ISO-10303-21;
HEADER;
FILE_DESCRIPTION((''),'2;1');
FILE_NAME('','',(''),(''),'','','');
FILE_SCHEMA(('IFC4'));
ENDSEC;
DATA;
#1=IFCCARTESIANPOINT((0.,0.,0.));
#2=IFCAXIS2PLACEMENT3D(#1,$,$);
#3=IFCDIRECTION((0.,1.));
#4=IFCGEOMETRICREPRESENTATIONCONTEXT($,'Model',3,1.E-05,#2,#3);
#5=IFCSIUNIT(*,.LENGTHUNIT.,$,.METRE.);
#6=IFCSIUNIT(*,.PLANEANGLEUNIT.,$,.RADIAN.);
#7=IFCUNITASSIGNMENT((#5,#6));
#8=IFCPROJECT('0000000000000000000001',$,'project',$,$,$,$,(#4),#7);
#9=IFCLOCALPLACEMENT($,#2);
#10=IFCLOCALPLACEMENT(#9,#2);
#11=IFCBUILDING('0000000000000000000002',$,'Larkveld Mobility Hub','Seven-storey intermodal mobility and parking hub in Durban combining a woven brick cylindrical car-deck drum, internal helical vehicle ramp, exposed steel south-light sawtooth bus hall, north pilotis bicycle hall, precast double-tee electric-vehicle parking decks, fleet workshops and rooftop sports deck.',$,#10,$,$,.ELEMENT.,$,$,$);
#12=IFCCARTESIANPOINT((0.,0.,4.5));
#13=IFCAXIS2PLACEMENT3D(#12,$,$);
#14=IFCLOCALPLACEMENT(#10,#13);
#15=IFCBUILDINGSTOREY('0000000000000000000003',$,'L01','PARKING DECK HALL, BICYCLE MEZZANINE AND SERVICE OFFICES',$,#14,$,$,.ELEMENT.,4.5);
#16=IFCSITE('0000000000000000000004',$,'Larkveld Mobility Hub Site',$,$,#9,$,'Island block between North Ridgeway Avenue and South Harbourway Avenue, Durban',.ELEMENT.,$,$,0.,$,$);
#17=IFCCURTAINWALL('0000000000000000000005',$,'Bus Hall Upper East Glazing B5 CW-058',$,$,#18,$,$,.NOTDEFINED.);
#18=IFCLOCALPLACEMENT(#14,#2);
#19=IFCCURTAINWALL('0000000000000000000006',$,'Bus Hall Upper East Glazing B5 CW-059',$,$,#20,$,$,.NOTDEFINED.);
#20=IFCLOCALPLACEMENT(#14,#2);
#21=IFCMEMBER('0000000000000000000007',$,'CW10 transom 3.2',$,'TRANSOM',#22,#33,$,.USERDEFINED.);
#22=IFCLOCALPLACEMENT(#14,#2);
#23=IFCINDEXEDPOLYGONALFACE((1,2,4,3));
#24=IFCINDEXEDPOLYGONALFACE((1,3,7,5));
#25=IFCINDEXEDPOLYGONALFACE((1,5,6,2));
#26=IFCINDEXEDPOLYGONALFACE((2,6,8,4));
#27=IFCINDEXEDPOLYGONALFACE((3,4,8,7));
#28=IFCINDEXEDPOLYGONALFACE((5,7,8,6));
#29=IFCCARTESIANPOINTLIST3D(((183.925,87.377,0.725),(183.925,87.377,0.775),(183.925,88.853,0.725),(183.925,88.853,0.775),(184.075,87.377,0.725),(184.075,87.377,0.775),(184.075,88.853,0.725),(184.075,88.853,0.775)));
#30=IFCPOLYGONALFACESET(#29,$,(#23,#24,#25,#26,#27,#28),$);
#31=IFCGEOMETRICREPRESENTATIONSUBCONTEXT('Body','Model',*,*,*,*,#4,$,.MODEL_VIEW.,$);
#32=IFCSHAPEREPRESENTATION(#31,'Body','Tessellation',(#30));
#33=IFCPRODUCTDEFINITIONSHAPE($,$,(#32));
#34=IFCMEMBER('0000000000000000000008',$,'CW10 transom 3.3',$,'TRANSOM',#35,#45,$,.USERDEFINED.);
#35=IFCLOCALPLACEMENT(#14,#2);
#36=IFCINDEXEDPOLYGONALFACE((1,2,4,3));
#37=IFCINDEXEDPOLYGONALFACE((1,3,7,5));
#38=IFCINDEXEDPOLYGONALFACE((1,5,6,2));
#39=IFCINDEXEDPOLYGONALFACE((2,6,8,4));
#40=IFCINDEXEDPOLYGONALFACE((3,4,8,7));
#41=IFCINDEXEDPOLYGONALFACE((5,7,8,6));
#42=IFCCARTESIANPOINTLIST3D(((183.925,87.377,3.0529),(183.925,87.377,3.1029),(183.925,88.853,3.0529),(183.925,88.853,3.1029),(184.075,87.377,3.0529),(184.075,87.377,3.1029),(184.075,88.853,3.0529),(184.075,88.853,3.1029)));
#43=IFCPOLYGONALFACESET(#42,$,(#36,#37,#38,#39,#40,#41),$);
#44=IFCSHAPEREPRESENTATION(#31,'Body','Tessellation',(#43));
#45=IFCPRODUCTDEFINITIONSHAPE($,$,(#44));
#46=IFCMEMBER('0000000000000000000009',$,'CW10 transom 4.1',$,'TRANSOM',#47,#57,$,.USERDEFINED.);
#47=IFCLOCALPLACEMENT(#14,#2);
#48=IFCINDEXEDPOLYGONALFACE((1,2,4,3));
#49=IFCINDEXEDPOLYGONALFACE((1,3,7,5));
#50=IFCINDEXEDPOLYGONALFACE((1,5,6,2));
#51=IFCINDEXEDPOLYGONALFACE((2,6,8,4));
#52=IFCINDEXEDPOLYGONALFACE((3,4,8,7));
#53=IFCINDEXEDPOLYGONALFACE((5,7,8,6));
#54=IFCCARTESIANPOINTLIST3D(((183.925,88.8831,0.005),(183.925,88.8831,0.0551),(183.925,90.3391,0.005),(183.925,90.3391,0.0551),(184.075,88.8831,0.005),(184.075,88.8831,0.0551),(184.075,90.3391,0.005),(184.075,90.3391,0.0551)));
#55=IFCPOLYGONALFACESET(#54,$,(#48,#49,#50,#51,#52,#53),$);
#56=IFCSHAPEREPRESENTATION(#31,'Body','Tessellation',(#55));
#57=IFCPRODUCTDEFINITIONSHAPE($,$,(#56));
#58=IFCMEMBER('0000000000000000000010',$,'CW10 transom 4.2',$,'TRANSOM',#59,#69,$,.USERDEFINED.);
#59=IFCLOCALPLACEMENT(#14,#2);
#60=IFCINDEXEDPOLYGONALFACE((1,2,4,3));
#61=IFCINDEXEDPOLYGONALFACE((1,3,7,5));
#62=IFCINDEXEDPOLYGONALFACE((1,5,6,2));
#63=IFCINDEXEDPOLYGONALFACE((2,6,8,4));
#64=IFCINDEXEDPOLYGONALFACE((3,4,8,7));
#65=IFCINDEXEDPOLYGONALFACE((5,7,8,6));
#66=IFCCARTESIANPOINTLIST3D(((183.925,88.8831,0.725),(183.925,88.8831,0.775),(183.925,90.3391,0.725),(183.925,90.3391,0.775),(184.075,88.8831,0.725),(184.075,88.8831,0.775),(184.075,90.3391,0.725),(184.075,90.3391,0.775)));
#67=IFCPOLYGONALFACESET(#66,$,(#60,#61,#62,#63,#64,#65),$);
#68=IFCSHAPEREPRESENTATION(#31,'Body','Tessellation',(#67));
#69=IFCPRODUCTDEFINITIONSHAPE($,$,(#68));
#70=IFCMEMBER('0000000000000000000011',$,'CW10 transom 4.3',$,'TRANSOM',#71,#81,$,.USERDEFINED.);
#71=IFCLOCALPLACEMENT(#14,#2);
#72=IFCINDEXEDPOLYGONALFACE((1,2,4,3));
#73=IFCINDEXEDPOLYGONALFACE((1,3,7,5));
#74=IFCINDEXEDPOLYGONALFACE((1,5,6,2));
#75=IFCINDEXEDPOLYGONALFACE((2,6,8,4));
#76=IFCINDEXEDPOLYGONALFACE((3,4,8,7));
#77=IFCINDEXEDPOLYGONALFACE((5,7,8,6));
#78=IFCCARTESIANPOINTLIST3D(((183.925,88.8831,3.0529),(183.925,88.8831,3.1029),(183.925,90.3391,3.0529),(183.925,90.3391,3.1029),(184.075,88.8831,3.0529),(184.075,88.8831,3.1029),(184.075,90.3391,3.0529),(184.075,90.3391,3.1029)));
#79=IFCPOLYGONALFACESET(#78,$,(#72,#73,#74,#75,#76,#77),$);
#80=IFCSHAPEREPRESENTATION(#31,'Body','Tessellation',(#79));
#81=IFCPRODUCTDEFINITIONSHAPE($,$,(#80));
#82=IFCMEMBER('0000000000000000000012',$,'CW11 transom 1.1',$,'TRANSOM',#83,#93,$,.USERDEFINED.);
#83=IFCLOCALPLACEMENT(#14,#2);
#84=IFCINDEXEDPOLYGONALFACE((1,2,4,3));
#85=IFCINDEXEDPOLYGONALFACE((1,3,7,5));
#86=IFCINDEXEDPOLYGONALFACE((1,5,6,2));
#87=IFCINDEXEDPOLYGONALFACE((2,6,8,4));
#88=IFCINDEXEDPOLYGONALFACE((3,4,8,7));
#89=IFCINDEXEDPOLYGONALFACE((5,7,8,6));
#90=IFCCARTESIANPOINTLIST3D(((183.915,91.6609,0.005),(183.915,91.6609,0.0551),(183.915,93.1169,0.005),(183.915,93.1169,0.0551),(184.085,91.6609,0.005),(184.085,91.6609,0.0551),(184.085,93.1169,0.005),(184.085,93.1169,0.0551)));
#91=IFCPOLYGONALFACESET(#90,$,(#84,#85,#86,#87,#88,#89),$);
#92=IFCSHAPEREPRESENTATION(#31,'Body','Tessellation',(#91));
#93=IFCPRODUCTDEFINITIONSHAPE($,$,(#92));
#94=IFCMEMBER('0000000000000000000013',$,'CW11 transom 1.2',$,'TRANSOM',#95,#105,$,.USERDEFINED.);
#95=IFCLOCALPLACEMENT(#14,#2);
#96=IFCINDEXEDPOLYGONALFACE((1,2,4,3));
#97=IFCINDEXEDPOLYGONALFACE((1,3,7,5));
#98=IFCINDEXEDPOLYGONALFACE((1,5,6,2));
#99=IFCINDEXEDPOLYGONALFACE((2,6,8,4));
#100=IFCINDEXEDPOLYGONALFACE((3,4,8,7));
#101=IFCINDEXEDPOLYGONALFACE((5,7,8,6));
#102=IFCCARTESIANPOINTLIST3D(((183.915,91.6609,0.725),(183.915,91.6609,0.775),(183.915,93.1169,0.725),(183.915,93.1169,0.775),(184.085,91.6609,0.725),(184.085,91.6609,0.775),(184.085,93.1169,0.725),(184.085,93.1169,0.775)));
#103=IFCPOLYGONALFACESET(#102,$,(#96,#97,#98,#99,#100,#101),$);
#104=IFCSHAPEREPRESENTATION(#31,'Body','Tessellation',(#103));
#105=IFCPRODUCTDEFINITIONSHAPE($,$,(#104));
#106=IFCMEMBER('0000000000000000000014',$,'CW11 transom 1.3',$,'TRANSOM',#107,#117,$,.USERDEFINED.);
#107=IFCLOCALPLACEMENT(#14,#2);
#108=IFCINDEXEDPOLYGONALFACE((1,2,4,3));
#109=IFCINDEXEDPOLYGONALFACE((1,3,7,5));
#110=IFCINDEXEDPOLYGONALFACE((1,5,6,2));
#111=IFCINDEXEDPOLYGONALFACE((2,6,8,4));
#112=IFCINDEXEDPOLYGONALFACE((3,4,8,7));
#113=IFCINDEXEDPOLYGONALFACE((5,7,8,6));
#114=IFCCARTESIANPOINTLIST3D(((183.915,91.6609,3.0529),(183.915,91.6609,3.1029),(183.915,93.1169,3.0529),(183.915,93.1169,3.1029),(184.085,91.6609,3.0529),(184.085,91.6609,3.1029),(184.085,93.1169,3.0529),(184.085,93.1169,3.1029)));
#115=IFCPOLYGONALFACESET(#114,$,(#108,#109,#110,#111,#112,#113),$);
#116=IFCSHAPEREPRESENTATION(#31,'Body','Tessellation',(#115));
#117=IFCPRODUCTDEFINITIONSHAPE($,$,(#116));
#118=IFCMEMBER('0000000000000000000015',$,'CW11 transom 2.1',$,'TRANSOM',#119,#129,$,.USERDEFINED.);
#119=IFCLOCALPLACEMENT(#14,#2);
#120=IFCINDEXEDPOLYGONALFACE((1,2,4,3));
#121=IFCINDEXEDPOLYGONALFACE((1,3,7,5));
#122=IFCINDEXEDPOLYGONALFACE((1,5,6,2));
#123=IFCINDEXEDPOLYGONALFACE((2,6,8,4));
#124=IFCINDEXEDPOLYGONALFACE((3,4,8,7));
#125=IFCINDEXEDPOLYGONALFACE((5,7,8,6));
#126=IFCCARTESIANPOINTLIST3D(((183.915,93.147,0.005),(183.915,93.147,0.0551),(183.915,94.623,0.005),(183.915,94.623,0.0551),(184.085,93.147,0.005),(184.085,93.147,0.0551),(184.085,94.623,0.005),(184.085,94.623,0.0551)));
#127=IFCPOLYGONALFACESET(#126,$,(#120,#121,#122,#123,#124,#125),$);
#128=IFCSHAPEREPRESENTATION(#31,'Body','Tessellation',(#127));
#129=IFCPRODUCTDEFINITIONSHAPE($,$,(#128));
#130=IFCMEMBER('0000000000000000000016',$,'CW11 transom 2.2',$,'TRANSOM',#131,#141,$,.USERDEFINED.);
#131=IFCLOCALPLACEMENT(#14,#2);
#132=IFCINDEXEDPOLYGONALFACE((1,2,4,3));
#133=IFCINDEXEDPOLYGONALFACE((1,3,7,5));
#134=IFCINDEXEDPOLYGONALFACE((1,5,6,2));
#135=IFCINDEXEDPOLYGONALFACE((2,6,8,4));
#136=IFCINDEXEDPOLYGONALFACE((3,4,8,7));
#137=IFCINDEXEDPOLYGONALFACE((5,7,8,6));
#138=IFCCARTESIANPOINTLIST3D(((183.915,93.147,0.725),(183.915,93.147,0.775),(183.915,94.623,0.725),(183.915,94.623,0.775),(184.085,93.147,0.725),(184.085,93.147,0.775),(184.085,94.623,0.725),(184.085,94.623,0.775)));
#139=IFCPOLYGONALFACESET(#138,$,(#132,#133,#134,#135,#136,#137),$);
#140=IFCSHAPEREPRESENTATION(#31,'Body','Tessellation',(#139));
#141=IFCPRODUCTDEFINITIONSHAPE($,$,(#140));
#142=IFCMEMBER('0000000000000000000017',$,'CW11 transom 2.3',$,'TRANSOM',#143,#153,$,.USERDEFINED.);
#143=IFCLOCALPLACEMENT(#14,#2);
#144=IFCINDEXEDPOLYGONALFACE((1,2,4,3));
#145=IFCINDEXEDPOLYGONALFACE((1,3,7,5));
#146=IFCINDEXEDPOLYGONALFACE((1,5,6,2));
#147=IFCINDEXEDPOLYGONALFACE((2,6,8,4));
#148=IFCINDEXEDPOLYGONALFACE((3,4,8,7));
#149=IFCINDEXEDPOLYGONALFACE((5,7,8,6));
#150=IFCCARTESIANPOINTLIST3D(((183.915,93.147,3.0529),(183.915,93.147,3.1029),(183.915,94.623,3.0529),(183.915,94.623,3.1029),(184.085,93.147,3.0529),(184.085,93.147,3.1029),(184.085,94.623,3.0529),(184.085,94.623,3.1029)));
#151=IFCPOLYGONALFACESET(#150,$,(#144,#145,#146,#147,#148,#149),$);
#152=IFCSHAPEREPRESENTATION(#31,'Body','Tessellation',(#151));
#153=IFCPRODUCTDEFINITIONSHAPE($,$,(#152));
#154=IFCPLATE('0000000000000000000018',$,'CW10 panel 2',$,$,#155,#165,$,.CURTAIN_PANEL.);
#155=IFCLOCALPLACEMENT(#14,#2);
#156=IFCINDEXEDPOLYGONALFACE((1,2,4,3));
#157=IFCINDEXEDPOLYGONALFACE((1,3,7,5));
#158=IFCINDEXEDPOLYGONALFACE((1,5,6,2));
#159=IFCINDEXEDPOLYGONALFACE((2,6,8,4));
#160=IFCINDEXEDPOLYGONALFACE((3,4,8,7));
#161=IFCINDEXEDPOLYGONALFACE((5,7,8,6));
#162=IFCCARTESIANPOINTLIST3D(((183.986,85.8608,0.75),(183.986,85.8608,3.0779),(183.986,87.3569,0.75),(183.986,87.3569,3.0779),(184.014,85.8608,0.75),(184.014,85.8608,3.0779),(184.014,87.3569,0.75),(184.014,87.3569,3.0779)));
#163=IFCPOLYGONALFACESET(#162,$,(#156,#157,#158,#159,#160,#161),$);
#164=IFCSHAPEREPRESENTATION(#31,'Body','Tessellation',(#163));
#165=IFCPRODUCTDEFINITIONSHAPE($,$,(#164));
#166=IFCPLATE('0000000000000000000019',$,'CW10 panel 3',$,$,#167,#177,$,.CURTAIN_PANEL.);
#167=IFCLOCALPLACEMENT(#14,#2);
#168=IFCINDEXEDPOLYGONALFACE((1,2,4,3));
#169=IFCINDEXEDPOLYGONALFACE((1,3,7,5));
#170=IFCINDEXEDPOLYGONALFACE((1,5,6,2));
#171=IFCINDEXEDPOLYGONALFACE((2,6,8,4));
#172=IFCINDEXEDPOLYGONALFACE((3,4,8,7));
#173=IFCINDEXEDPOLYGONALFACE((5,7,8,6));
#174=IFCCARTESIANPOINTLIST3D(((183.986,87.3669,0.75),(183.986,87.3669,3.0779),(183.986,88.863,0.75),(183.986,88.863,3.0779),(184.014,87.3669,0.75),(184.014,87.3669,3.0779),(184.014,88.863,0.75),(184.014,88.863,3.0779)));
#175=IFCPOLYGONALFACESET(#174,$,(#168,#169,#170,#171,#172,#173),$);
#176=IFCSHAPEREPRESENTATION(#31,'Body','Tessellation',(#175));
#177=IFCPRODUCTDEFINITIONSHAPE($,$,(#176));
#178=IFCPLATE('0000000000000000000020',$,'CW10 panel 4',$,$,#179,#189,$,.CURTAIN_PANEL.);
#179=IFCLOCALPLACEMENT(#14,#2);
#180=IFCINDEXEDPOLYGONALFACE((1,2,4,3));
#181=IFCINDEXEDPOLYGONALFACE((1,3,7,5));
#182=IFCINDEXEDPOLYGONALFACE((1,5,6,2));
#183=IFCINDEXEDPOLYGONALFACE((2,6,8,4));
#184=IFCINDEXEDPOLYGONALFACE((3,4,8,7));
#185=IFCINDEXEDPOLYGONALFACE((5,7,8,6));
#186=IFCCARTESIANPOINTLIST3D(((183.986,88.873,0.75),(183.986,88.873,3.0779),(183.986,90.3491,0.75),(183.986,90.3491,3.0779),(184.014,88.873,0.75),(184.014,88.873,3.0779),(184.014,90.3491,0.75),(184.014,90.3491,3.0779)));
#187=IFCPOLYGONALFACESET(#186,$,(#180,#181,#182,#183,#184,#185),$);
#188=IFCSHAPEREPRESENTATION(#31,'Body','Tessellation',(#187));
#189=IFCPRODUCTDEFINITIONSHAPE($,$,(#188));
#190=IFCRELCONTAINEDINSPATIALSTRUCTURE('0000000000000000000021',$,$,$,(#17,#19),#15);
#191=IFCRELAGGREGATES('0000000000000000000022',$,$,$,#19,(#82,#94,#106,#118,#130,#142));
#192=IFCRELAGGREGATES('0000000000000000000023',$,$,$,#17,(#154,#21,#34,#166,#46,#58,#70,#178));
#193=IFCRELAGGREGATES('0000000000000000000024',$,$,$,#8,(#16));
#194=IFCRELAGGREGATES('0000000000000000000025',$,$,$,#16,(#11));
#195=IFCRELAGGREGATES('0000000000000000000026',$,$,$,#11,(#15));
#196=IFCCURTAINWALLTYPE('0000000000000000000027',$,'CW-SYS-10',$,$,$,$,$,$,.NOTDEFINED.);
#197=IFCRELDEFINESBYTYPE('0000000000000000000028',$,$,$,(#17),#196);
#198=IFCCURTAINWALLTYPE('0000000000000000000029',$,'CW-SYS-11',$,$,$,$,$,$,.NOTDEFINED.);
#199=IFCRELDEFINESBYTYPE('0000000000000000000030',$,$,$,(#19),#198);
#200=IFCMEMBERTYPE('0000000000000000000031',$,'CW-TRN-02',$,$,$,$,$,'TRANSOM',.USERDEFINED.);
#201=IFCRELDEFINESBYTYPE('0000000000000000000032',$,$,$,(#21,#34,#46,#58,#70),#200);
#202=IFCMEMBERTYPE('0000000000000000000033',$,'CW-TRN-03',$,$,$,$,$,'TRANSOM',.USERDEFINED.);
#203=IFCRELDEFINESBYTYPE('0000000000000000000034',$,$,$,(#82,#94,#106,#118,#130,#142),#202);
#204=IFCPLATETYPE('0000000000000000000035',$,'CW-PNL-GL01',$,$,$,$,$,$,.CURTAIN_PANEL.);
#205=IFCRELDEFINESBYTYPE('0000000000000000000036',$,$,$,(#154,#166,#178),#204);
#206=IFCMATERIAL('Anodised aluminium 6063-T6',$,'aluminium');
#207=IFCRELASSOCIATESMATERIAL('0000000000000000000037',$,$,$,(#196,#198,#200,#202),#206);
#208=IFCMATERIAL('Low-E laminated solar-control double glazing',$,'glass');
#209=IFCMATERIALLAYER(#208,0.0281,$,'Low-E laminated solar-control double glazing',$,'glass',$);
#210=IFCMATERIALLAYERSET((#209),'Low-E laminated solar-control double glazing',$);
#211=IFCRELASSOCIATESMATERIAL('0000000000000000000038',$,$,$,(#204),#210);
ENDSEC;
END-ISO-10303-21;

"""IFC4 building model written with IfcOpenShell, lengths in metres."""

from ifc_helpers import new_model, si_unit, direction, frame, origin, origin_2d, place, context, subcontext, project, spatial, rectangle, extrude, material, layer, layer_set, material_profile, profile_set, type_object, element, aggregate, save


model = new_model("IFC4")

# Units and contexts
model_context = context("Model", 3, precision=1e-05, world=origin(), true_north=direction((0.0, 1.0)))
body_context = subcontext(model_context, "Body", "Model", "MODEL_VIEW")
ifc_project = project(units=[si_unit("LENGTHUNIT", "METRE"), si_unit("PLANEANGLEUNIT", "RADIAN")], contexts=[model_context])

# Site, building, storey
site_placement = place(None, origin())
site = spatial("IfcSite", under=ifc_project, at=site_placement, Name="Larkveld Mobility Hub Site", LongName="Island block between North Ridgeway Avenue and South Harbourway Avenue, Durban", CompositionType="ELEMENT", RefElevation=0.0)
building_placement = place(site_placement, origin())
building = spatial("IfcBuilding", under=site, at=building_placement, Name="Larkveld Mobility Hub", Description="Seven-storey intermodal mobility and parking hub in Durban combining a woven brick cylindrical car-deck drum, internal helical vehicle ramp, exposed steel south-light sawtooth bus hall, north pilotis bicycle hall, precast double-tee electric-vehicle parking decks, fleet workshops and rooftop sports deck.", CompositionType="ELEMENT")
storey_placement = place(building_placement, frame((0.0, 0.0, 4.5)))
storey = spatial("IfcBuildingStorey", under=building, at=storey_placement, Name="L01", Description="PARKING DECK HALL, BICYCLE MEZZANINE AND SERVICE OFFICES", CompositionType="ELEMENT", Elevation=4.5)

# Curtain walls
ifc_material_1 = material(Name="Anodised aluminium 6063-T6", Category="aluminium")
curtain_wall_type_1 = type_object("IfcCurtainWallType", Name="CW-SYS-10", PredefinedType="NOTDEFINED", material=ifc_material_1)
curtain_wall_1_placement = place(storey_placement, origin())
curtain_wall_1 = element("IfcCurtainWall", 1, at=curtain_wall_1_placement, inside=storey, type_object=curtain_wall_type_1, Name="Bus Hall Upper East Glazing B5 CW-058", PredefinedType="NOTDEFINED")
curtain_wall_type_2 = type_object("IfcCurtainWallType", Name="CW-SYS-11", PredefinedType="NOTDEFINED", material=ifc_material_1)
curtain_wall_2_placement = place(storey_placement, origin())
curtain_wall_2 = element("IfcCurtainWall", 2, at=curtain_wall_2_placement, inside=storey, type_object=curtain_wall_type_2, Name="Bus Hall Upper East Glazing B5 CW-059", PredefinedType="NOTDEFINED")

# Members
ifc_material_profile_1 = material_profile(ifc_material_1, rectangle(XDim=0.1499, YDim=0.05, at=origin_2d()), Name="ALU TRAN 50x150")
ifc_profile_set_1 = profile_set([ifc_material_profile_1], Name="Anodised aluminium 6063-T6")
member_type_1 = type_object("IfcMemberType", Name="CW-TRN-02", ElementType="TRANSOM", PredefinedType="USERDEFINED", material=ifc_profile_set_1)
member_1_placement = place(storey_placement, frame((184.0, 87.377, 0.75), z_axis=(0.0, 1.0, 0.0), x_axis=(-1.0, 0.0, 0.0)))
member_1 = element("IfcMember", 3, at=member_1_placement, type_object=member_type_1, Name="CW10 transom 3.2", ObjectType="TRANSOM", PredefinedType="USERDEFINED", context=body_context, shape_type="SweptSolid", body=[
    extrude(rectangle(XDim=0.1499, YDim=0.05, at=origin_2d()), origin(), (0.0, 0.0, 1.0), 1.4761),
])
member_2_placement = place(storey_placement, frame((184.0, 87.377, 3.0779), z_axis=(0.0, 1.0, 0.0), x_axis=(-1.0, 0.0, 0.0)))
member_2 = element("IfcMember", 4, at=member_2_placement, type_object=member_type_1, Name="CW10 transom 3.3", ObjectType="TRANSOM", PredefinedType="USERDEFINED", context=body_context, shape_type="SweptSolid", body=[
    extrude(rectangle(XDim=0.1499, YDim=0.05, at=origin_2d()), origin(), (0.0, 0.0, 1.0), 1.4761),
])
member_3_placement = place(storey_placement, frame((184.0, 88.8831, 0.03), z_axis=(0.0, 1.0, 0.0), x_axis=(-1.0, 0.0, 0.0)))
member_3 = element("IfcMember", 5, at=member_3_placement, type_object=member_type_1, Name="CW10 transom 4.1", ObjectType="TRANSOM", PredefinedType="USERDEFINED", context=body_context, shape_type="SweptSolid", body=[
    extrude(rectangle(XDim=0.1499, YDim=0.05, at=origin_2d()), origin(), (0.0, 0.0, 1.0), 1.4561),
])
member_4_placement = place(storey_placement, frame((184.0, 88.8831, 0.75), z_axis=(0.0, 1.0, 0.0), x_axis=(-1.0, 0.0, 0.0)))
member_4 = element("IfcMember", 6, at=member_4_placement, type_object=member_type_1, Name="CW10 transom 4.2", ObjectType="TRANSOM", PredefinedType="USERDEFINED", context=body_context, shape_type="SweptSolid", body=[
    extrude(rectangle(XDim=0.1499, YDim=0.05, at=origin_2d()), origin(), (0.0, 0.0, 1.0), 1.4561),
])
member_5_placement = place(storey_placement, frame((184.0, 88.8831, 3.0779), z_axis=(0.0, 1.0, 0.0), x_axis=(-1.0, 0.0, 0.0)))
member_5 = element("IfcMember", 7, at=member_5_placement, type_object=member_type_1, Name="CW10 transom 4.3", ObjectType="TRANSOM", PredefinedType="USERDEFINED", context=body_context, shape_type="SweptSolid", body=[
    extrude(rectangle(XDim=0.1499, YDim=0.05, at=origin_2d()), origin(), (0.0, 0.0, 1.0), 1.4561),
])
ifc_material_profile_2 = material_profile(ifc_material_1, rectangle(XDim=0.1699, YDim=0.05, at=origin_2d()), Name="ALU TRAN 50x170")
ifc_profile_set_2 = profile_set([ifc_material_profile_2], Name="Anodised aluminium 6063-T6")
member_type_2 = type_object("IfcMemberType", Name="CW-TRN-03", ElementType="TRANSOM", PredefinedType="USERDEFINED", material=ifc_profile_set_2)
member_6_placement = place(storey_placement, frame((184.0, 91.6609, 0.03), z_axis=(0.0, 1.0, 0.0), x_axis=(-1.0, 0.0, 0.0)))
member_6 = element("IfcMember", 8, at=member_6_placement, type_object=member_type_2, Name="CW11 transom 1.1", ObjectType="TRANSOM", PredefinedType="USERDEFINED", context=body_context, shape_type="SweptSolid", body=[
    extrude(rectangle(XDim=0.1699, YDim=0.05, at=origin_2d()), origin(), (0.0, 0.0, 1.0), 1.4561),
])
member_7_placement = place(storey_placement, frame((184.0, 91.6609, 0.75), z_axis=(0.0, 1.0, 0.0), x_axis=(-1.0, 0.0, 0.0)))
member_7 = element("IfcMember", 9, at=member_7_placement, type_object=member_type_2, Name="CW11 transom 1.2", ObjectType="TRANSOM", PredefinedType="USERDEFINED", context=body_context, shape_type="SweptSolid", body=[
    extrude(rectangle(XDim=0.1699, YDim=0.05, at=origin_2d()), origin(), (0.0, 0.0, 1.0), 1.4561),
])
member_8_placement = place(storey_placement, frame((184.0, 91.6609, 3.0779), z_axis=(0.0, 1.0, 0.0), x_axis=(-1.0, 0.0, 0.0)))
member_8 = element("IfcMember", 10, at=member_8_placement, type_object=member_type_2, Name="CW11 transom 1.3", ObjectType="TRANSOM", PredefinedType="USERDEFINED", context=body_context, shape_type="SweptSolid", body=[
    extrude(rectangle(XDim=0.1699, YDim=0.05, at=origin_2d()), origin(), (0.0, 0.0, 1.0), 1.4561),
])
member_9_placement = place(storey_placement, frame((184.0, 93.147, 0.03), z_axis=(0.0, 1.0, 0.0), x_axis=(-1.0, 0.0, 0.0)))
member_9 = element("IfcMember", 11, at=member_9_placement, type_object=member_type_2, Name="CW11 transom 2.1", ObjectType="TRANSOM", PredefinedType="USERDEFINED", context=body_context, shape_type="SweptSolid", body=[
    extrude(rectangle(XDim=0.1699, YDim=0.05, at=origin_2d()), origin(), (0.0, 0.0, 1.0), 1.4761),
])
member_10_placement = place(storey_placement, frame((184.0, 93.147, 0.75), z_axis=(0.0, 1.0, 0.0), x_axis=(-1.0, 0.0, 0.0)))
member_10 = element("IfcMember", 12, at=member_10_placement, type_object=member_type_2, Name="CW11 transom 2.2", ObjectType="TRANSOM", PredefinedType="USERDEFINED", context=body_context, shape_type="SweptSolid", body=[
    extrude(rectangle(XDim=0.1699, YDim=0.05, at=origin_2d()), origin(), (0.0, 0.0, 1.0), 1.4761),
])
member_11_placement = place(storey_placement, frame((184.0, 93.147, 3.0779), z_axis=(0.0, 1.0, 0.0), x_axis=(-1.0, 0.0, 0.0)))
member_11 = element("IfcMember", 13, at=member_11_placement, type_object=member_type_2, Name="CW11 transom 2.3", ObjectType="TRANSOM", PredefinedType="USERDEFINED", context=body_context, shape_type="SweptSolid", body=[
    extrude(rectangle(XDim=0.1699, YDim=0.05, at=origin_2d()), origin(), (0.0, 0.0, 1.0), 1.4761),
])

# Plates
ifc_material_2 = material(Name="Low-E laminated solar-control double glazing", Category="glass")
ifc_layer_1 = layer(ifc_material_2, 0.0281, Name="Low-E laminated solar-control double glazing", Category="glass")
ifc_layer_set_1 = layer_set([ifc_layer_1], Name="Low-E laminated solar-control double glazing")
plate_type_1 = type_object("IfcPlateType", Name="CW-PNL-GL01", PredefinedType="CURTAIN_PANEL", material=ifc_layer_set_1)
plate_1_placement = place(storey_placement, frame((184.0, 86.6089, 0.75), z_axis=(0.0, 0.0, 1.0), x_axis=(0.0, 1.0, 0.0)))
plate_1 = element("IfcPlate", 14, at=plate_1_placement, type_object=plate_type_1, Name="CW10 panel 2", PredefinedType="CURTAIN_PANEL", context=body_context, shape_type="SweptSolid", body=[
    extrude(rectangle(XDim=1.4961, YDim=0.0281, at=origin_2d()), origin(), (0.0, 0.0, 1.0), 2.3279),
])
plate_2_placement = place(storey_placement, frame((184.0, 88.115, 0.75), z_axis=(0.0, 0.0, 1.0), x_axis=(0.0, 1.0, 0.0)))
plate_2 = element("IfcPlate", 15, at=plate_2_placement, type_object=plate_type_1, Name="CW10 panel 3", PredefinedType="CURTAIN_PANEL", context=body_context, shape_type="SweptSolid", body=[
    extrude(rectangle(XDim=1.4961, YDim=0.0281, at=origin_2d()), origin(), (0.0, 0.0, 1.0), 2.3279),
])
plate_3_placement = place(storey_placement, frame((184.0, 89.6111, 0.75), z_axis=(0.0, 0.0, 1.0), x_axis=(0.0, 1.0, 0.0)))
plate_3 = element("IfcPlate", 16, at=plate_3_placement, type_object=plate_type_1, Name="CW10 panel 4", PredefinedType="CURTAIN_PANEL", context=body_context, shape_type="SweptSolid", body=[
    extrude(rectangle(XDim=1.4761, YDim=0.0281, at=origin_2d()), origin(), (0.0, 0.0, 1.0), 2.3279),
])
aggregate(curtain_wall_2, [member_6, member_7, member_8, member_9, member_10, member_11])
aggregate(curtain_wall_1, [plate_1, member_1, member_2, plate_2, member_3, member_4, member_5, plate_3])

save(model, "model.ifc")
